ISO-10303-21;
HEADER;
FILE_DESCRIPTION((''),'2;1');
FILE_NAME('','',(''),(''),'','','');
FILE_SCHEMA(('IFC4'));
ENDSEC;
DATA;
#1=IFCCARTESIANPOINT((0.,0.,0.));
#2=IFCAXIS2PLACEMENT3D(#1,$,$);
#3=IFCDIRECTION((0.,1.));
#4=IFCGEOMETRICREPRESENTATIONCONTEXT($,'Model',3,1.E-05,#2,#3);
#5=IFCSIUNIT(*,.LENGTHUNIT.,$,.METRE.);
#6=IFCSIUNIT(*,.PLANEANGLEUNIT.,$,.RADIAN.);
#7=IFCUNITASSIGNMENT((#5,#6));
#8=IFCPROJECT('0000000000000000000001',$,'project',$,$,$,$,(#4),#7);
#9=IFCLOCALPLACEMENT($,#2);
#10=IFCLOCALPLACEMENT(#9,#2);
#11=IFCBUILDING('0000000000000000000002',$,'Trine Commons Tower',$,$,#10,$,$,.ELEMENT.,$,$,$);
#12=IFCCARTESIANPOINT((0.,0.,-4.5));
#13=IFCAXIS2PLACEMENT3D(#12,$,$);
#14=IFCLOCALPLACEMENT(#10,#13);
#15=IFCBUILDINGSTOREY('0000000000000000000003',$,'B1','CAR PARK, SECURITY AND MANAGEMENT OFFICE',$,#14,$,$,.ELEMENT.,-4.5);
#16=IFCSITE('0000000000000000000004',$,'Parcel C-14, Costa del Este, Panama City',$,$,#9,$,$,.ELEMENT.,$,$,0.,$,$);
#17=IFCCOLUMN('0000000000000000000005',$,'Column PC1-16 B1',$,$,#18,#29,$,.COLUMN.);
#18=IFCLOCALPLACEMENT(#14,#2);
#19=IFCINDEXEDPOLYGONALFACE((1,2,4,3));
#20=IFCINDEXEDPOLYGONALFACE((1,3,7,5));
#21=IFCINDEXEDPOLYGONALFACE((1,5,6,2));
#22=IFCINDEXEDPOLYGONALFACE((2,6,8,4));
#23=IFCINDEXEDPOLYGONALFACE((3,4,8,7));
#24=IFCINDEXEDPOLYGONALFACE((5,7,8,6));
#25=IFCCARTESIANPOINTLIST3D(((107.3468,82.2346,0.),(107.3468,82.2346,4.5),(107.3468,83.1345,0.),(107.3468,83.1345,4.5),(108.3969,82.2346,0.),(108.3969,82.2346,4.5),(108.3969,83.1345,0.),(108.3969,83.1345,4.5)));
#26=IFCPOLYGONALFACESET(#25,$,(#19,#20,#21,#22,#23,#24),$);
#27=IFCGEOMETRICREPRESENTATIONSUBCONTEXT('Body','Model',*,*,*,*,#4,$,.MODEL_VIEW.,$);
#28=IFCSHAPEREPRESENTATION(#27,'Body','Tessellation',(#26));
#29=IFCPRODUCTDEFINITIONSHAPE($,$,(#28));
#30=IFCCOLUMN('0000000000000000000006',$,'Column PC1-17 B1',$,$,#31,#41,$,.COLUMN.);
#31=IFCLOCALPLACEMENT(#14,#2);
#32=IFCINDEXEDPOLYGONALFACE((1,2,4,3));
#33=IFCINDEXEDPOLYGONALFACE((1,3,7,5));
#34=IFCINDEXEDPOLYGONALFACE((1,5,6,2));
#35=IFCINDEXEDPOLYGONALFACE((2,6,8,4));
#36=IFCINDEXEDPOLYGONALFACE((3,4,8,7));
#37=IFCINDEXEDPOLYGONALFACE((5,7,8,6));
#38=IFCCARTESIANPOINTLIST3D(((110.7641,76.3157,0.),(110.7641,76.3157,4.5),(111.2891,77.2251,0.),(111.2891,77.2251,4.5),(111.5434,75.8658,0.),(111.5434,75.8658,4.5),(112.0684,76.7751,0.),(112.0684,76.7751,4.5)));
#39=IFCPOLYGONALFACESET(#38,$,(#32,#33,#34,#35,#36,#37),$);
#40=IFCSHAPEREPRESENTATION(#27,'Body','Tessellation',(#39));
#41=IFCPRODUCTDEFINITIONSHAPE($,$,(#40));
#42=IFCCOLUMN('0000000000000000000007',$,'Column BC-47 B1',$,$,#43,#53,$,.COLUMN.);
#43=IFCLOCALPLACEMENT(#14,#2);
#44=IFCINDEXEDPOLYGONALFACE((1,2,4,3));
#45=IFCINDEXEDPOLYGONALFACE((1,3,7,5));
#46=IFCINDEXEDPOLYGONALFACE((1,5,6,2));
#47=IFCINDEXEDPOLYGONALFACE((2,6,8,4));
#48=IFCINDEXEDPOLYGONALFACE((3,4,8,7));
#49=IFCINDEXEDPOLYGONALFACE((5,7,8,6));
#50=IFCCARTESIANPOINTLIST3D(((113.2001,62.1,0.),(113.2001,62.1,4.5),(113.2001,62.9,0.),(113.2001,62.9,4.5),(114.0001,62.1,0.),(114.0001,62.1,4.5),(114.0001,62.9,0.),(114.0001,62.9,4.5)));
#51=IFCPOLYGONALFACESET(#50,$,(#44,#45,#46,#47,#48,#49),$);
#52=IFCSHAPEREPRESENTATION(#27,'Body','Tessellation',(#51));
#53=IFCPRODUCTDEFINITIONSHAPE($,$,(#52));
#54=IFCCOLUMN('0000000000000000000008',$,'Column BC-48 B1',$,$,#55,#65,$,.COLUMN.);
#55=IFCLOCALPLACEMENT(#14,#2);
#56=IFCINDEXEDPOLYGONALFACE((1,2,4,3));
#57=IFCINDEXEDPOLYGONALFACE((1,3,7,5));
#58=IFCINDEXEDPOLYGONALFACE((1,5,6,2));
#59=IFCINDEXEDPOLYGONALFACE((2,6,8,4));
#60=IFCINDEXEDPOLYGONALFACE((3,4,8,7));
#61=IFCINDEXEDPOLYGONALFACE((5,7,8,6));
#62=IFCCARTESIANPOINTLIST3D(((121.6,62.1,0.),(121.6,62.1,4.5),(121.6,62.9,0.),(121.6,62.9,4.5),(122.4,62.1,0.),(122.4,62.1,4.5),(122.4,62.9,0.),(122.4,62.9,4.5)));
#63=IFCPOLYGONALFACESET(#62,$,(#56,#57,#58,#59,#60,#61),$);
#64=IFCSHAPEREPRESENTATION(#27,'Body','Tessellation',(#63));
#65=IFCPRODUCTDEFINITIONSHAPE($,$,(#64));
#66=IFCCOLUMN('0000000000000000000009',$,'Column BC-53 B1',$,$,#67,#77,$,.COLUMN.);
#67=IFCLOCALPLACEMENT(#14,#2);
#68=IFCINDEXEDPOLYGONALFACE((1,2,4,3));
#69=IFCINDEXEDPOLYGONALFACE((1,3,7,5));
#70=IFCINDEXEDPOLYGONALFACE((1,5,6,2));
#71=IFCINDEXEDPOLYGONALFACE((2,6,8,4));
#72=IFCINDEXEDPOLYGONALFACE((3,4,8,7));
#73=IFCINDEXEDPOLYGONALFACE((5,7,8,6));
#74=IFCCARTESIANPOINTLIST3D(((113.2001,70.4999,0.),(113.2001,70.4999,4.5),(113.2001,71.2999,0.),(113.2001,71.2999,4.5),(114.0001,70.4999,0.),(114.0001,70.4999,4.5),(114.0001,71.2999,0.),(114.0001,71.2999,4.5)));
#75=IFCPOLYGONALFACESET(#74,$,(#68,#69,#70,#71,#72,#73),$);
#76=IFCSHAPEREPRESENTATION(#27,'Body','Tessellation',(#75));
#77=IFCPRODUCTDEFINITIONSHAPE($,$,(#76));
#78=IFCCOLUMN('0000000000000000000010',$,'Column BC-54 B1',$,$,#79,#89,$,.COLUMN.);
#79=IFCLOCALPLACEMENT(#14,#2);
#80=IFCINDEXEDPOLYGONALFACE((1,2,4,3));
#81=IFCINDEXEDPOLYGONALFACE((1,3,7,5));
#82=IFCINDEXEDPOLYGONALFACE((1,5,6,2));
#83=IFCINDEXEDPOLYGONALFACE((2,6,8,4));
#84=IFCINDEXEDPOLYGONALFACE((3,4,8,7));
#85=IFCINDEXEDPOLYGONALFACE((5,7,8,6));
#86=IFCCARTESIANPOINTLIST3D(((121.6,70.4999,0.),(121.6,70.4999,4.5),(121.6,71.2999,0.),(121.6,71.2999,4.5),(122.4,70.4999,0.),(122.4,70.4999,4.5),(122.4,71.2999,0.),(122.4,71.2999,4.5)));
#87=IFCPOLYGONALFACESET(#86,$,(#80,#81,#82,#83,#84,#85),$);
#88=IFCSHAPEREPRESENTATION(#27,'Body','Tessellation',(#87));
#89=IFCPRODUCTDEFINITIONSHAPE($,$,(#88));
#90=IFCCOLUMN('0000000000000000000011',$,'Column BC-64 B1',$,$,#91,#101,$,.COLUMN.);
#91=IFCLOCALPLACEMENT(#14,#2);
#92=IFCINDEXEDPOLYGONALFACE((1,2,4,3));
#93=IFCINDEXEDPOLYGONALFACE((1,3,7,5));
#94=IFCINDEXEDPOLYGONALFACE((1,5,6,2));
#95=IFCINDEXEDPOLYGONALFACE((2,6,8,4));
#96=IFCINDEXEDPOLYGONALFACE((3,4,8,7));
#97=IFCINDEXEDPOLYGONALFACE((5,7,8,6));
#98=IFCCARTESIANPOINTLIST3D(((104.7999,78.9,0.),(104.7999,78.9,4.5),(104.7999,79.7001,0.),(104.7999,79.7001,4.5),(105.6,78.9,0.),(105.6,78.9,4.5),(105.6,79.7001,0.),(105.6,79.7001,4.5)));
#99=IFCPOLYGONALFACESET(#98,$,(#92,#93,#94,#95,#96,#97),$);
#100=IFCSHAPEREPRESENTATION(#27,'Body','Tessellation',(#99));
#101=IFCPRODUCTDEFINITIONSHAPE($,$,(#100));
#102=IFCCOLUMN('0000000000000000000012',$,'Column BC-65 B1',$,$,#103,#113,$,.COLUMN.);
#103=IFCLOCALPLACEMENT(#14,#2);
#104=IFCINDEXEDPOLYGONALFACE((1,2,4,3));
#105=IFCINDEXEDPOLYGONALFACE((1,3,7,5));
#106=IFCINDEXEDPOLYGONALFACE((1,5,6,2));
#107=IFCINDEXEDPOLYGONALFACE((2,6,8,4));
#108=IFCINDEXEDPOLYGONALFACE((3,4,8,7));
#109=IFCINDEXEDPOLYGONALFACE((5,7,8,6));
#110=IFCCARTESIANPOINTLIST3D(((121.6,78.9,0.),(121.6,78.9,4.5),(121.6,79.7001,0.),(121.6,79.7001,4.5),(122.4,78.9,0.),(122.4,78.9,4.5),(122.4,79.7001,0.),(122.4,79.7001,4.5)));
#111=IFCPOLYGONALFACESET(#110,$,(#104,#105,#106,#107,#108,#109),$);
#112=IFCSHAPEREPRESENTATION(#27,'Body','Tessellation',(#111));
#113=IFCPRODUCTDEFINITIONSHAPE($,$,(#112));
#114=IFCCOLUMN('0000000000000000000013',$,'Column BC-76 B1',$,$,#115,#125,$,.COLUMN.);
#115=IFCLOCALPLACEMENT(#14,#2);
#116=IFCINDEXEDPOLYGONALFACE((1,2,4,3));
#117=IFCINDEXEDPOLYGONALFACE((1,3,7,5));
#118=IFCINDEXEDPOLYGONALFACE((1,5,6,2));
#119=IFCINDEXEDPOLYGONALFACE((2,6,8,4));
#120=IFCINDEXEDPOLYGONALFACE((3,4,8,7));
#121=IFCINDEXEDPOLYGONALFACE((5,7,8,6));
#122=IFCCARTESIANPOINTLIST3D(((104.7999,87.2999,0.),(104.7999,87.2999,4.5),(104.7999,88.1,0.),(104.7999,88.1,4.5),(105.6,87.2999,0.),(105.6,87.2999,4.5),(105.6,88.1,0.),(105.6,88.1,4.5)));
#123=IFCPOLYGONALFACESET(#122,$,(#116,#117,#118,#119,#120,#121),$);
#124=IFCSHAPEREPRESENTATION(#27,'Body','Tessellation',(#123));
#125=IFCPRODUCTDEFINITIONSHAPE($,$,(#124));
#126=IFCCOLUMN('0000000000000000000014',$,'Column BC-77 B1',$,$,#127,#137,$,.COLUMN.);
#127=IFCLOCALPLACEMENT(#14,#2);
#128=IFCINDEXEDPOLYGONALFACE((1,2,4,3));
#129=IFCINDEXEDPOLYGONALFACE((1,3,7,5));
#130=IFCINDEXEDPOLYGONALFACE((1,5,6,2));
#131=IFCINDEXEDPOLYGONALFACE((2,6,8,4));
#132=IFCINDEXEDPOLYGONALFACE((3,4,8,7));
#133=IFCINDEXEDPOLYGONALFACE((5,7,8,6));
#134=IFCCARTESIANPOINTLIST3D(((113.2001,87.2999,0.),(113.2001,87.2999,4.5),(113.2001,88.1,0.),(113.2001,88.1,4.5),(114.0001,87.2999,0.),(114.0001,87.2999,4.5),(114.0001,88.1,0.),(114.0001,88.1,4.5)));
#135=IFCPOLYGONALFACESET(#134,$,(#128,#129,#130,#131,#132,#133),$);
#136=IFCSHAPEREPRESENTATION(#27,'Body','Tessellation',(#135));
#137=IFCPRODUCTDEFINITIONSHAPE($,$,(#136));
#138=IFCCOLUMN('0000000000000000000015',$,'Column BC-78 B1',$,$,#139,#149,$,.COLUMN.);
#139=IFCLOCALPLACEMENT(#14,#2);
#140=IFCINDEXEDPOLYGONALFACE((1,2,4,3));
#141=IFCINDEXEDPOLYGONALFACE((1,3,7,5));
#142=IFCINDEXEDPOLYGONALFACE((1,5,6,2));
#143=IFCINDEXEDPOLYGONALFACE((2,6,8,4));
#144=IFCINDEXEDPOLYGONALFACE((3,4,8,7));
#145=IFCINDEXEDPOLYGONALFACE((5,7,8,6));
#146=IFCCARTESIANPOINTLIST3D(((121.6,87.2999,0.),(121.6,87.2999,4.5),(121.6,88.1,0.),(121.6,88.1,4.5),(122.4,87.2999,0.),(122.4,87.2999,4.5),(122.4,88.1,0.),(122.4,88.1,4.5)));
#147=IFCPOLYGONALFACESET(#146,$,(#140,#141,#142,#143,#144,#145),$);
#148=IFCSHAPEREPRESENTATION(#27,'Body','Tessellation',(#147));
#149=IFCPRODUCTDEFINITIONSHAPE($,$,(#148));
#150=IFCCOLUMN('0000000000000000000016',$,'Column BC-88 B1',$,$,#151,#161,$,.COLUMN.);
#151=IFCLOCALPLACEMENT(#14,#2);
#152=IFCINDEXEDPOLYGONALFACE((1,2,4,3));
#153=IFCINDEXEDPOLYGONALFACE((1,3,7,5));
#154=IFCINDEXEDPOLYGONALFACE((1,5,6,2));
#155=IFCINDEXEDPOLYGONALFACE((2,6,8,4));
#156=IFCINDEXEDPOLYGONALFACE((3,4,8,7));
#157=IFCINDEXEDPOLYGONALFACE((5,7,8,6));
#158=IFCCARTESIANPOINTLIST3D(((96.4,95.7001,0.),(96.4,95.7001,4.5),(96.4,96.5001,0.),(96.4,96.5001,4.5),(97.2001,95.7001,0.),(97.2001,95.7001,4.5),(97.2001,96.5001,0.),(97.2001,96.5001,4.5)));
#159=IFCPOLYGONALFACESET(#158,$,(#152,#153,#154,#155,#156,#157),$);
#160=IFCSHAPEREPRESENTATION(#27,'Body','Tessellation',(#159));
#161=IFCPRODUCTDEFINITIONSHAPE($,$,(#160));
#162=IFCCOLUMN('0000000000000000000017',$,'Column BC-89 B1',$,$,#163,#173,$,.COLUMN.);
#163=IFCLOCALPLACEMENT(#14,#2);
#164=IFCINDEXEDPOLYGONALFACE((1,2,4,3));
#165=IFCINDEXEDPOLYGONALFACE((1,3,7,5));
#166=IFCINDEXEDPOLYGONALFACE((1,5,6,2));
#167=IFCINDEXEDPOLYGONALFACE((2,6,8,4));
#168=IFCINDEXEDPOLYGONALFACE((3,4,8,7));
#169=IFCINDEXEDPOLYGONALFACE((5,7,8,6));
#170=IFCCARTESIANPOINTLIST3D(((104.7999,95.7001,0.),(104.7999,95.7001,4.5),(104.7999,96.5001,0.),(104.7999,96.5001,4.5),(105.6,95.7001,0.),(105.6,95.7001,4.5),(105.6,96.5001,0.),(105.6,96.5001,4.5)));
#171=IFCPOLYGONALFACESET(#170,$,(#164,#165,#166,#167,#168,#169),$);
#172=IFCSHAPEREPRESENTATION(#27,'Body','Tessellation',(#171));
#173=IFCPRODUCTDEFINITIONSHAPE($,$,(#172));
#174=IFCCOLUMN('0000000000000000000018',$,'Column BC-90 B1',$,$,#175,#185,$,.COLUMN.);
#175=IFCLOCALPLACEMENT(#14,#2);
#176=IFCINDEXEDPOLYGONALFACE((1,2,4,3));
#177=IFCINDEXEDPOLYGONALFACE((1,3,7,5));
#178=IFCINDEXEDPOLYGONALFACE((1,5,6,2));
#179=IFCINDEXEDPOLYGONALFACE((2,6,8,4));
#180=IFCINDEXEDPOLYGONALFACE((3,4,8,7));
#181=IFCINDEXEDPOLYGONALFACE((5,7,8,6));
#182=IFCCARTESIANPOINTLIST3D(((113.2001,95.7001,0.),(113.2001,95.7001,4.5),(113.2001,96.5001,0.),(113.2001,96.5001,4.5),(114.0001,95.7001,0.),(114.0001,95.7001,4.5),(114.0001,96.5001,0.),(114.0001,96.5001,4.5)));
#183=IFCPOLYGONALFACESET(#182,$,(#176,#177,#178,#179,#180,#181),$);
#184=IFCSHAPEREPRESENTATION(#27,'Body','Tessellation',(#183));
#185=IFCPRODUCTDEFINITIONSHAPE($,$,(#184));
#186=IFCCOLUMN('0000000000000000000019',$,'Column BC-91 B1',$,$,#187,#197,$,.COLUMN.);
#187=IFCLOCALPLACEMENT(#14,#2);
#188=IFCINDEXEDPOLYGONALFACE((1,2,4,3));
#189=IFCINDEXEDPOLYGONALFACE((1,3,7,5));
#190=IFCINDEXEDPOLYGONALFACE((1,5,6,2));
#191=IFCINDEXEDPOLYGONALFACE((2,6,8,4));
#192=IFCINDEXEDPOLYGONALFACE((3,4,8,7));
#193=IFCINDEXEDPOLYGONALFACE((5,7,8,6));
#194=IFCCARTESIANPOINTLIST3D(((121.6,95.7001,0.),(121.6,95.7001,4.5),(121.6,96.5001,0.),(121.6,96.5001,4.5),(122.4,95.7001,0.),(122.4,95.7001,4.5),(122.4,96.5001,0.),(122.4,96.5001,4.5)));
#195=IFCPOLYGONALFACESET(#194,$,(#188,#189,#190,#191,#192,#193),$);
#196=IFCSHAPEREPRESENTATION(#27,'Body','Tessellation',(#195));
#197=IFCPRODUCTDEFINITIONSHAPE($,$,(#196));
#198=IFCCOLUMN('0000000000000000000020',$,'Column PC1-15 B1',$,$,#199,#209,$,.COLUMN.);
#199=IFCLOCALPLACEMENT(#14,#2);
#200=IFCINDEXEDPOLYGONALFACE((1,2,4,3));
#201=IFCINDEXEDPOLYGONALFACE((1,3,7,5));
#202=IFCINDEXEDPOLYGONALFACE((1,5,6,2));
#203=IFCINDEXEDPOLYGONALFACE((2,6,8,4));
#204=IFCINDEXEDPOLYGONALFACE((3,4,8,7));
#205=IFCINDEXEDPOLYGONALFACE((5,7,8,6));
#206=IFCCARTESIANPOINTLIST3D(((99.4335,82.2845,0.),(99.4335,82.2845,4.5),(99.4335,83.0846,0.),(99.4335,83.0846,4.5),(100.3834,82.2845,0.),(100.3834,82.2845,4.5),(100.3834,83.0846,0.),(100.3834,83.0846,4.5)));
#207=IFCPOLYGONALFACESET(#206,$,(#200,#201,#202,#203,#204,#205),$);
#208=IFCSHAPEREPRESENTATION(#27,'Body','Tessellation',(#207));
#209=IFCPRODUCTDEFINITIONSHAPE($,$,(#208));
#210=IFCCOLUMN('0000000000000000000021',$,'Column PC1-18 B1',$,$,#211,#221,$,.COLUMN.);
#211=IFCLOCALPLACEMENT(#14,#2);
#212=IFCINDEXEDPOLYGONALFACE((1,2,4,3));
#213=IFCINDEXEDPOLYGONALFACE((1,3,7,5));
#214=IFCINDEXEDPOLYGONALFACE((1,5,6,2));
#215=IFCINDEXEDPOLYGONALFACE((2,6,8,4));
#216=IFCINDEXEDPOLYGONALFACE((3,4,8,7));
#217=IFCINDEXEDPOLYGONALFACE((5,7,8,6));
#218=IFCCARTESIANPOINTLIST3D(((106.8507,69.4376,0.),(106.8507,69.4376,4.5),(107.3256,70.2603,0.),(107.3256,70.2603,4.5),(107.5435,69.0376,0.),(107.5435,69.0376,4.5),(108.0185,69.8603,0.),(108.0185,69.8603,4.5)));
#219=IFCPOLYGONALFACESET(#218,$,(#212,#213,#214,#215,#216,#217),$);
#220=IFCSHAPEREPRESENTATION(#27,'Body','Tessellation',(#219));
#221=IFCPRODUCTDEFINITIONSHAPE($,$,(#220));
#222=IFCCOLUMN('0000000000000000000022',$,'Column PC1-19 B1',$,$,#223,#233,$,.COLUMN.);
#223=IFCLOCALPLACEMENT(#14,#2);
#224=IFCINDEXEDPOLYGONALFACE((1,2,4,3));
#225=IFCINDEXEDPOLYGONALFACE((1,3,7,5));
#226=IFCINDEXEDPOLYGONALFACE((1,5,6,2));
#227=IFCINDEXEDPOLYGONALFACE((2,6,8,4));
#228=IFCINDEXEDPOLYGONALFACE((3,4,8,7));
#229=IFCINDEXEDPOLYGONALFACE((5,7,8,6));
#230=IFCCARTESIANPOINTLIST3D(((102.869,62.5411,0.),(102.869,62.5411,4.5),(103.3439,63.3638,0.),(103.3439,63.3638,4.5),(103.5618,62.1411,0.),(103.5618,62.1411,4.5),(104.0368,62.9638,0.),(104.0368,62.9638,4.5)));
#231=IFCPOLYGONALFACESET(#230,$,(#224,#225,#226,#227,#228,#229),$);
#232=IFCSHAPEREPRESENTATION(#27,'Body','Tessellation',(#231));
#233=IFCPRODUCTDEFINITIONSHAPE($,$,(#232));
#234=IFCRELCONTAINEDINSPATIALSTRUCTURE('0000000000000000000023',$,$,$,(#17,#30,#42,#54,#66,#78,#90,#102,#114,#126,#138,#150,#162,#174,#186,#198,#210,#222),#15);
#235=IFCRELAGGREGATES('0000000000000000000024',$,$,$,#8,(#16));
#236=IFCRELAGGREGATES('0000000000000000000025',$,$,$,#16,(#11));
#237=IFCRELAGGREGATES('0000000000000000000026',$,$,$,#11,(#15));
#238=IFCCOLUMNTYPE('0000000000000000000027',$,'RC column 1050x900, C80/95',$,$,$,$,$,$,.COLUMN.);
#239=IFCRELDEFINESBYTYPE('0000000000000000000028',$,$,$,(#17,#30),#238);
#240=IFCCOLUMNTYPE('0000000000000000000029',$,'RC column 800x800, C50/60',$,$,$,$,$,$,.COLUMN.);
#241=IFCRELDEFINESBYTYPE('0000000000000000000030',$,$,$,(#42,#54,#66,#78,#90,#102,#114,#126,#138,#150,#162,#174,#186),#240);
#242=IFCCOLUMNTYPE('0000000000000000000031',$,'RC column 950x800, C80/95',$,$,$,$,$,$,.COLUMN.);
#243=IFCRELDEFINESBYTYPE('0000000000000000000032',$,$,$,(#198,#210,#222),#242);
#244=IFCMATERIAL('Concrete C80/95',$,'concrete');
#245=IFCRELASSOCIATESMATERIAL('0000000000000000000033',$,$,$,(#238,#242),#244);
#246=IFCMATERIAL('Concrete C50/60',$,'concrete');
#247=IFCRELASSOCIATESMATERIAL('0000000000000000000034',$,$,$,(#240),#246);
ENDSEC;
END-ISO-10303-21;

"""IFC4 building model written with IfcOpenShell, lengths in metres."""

from ifc_helpers import new_model, si_unit, direction, frame, origin, origin_2d, place, context, subcontext, project, spatial, rectangle, extrude, material, material_profile, profile_set, type_object, element, save


model = new_model("IFC4")

# Units and contexts
model_context = context("Model", 3, precision=1e-05, world=origin(), true_north=direction((0.0, 1.0)))
body_context = subcontext(model_context, "Body", "Model", "MODEL_VIEW")
ifc_project = project(units=[si_unit("LENGTHUNIT", "METRE"), si_unit("PLANEANGLEUNIT", "RADIAN")], contexts=[model_context])

# Site, building, storey
site_placement = place(None, origin())
site = spatial("IfcSite", under=ifc_project, at=site_placement, Name="Parcel C-14, Costa del Este, Panama City", CompositionType="ELEMENT", RefElevation=0.0)
building_placement = place(site_placement, origin())
building = spatial("IfcBuilding", under=site, at=building_placement, Name="Trine Commons Tower", CompositionType="ELEMENT")
storey_placement = place(building_placement, frame((0.0, 0.0, -4.5)))
storey = spatial("IfcBuildingStorey", under=building, at=storey_placement, Name="B1", Description="CAR PARK, SECURITY AND MANAGEMENT OFFICE", CompositionType="ELEMENT", Elevation=-4.5)

# Columns
ifc_material_1 = material(Name="Concrete C80/95", Category="concrete")
ifc_material_profile_1 = material_profile(ifc_material_1, rectangle(XDim=1.05, YDim=0.8999, at=origin_2d()), Name="RC 1050x900")
ifc_profile_set_1 = profile_set([ifc_material_profile_1], Name="Concrete C80/95")
column_type_1 = type_object("IfcColumnType", Name="RC column 1050x900, C80/95", PredefinedType="COLUMN", material=ifc_profile_set_1)
for number, where, z_axis, x_axis, name in (
    (1, (107.8718, 82.6846, 0.0), (0.0, 0.0, 1.0), (1.0, 0.0, 0.0), "Column PC1-16 B1"),
    (2, (111.4163, 76.5454, 0.0), (0.0, 0.0, 1.0), (0.5, 0.866025, 0.0), "Column PC1-17 B1"),
):
    element("IfcColumn", number, at=place(storey_placement, frame(where, z_axis=z_axis, x_axis=x_axis)), inside=storey, type_object=column_type_1, Name=name, PredefinedType="COLUMN", context=body_context, shape_type="SweptSolid", body=[
        extrude(rectangle(XDim=1.05, YDim=0.8999, at=origin_2d()), origin(), (0.0, 0.0, 1.0), 4.5),
    ])
ifc_material_2 = material(Name="Concrete C50/60", Category="concrete")
ifc_material_profile_2 = material_profile(ifc_material_2, rectangle(XDim=0.8, YDim=0.8, at=origin_2d()), Name="RC 800x800")
ifc_profile_set_2 = profile_set([ifc_material_profile_2], Name="Concrete C50/60")
column_type_2 = type_object("IfcColumnType", Name="RC column 800x800, C50/60", PredefinedType="COLUMN", material=ifc_profile_set_2)
for number, where, z_axis, x_axis, name in (
    (3, (113.6001, 62.5, 0.0), (0.0, 0.0, 1.0), (1.0, 0.0, 0.0), "Column BC-47 B1"),
    (4, (122.0, 62.5, 0.0), (0.0, 0.0, 1.0), (1.0, 0.0, 0.0), "Column BC-48 B1"),
    (5, (113.6001, 70.8999, 0.0), (0.0, 0.0, 1.0), (1.0, 0.0, 0.0), "Column BC-53 B1"),
    (6, (122.0, 70.8999, 0.0), (0.0, 0.0, 1.0), (1.0, 0.0, 0.0), "Column BC-54 B1"),
    (7, (105.2, 79.3, 0.0), (0.0, 0.0, 1.0), (1.0, 0.0, 0.0), "Column BC-64 B1"),
    (8, (122.0, 79.3, 0.0), (0.0, 0.0, 1.0), (1.0, 0.0, 0.0), "Column BC-65 B1"),
    (9, (105.2, 87.7, 0.0), (0.0, 0.0, 1.0), (1.0, 0.0, 0.0), "Column BC-76 B1"),
    (10, (113.6001, 87.7, 0.0), (0.0, 0.0, 1.0), (1.0, 0.0, 0.0), "Column BC-77 B1"),
    (11, (122.0, 87.7, 0.0), (0.0, 0.0, 1.0), (1.0, 0.0, 0.0), "Column BC-78 B1"),
    (12, (96.8, 96.1001, 0.0), (0.0, 0.0, 1.0), (1.0, 0.0, 0.0), "Column BC-88 B1"),
    (13, (105.2, 96.1001, 0.0), (0.0, 0.0, 1.0), (1.0, 0.0, 0.0), "Column BC-89 B1"),
    (14, (113.6001, 96.1001, 0.0), (0.0, 0.0, 1.0), (1.0, 0.0, 0.0), "Column BC-90 B1"),
    (15, (122.0, 96.1001, 0.0), (0.0, 0.0, 1.0), (1.0, 0.0, 0.0), "Column BC-91 B1"),
):
    element("IfcColumn", number, at=place(storey_placement, frame(where, z_axis=z_axis, x_axis=x_axis)), inside=storey, type_object=column_type_2, Name=name, PredefinedType="COLUMN", context=body_context, shape_type="SweptSolid", body=[
        extrude(rectangle(XDim=0.8, YDim=0.8, at=origin_2d()), origin(), (0.0, 0.0, 1.0), 4.5),
    ])
ifc_material_profile_3 = material_profile(ifc_material_1, rectangle(XDim=0.95, YDim=0.8, at=origin_2d()), Name="RC 950x800")
ifc_profile_set_3 = profile_set([ifc_material_profile_3], Name="Concrete C80/95")
column_type_3 = type_object("IfcColumnType", Name="RC column 950x800, C80/95", PredefinedType="COLUMN", material=ifc_profile_set_3)
for number, where, z_axis, x_axis, name in (
    (16, (99.9084, 82.6846, 0.0), (0.0, 0.0, 1.0), (1.0, 0.0, 0.0), "Column PC1-15 B1"),
    (17, (107.4346, 69.6489, 0.0), (0.0, 0.0, 1.0), (0.5, 0.866025, 0.0), "Column PC1-18 B1"),
    (18, (103.4529, 62.7524, 0.0), (0.0, 0.0, 1.0), (0.5, 0.866025, 0.0), "Column PC1-19 B1"),
):
    element("IfcColumn", number, at=place(storey_placement, frame(where, z_axis=z_axis, x_axis=x_axis)), inside=storey, type_object=column_type_3, Name=name, PredefinedType="COLUMN", context=body_context, shape_type="SweptSolid", body=[
        extrude(rectangle(XDim=0.95, YDim=0.8, at=origin_2d()), origin(), (0.0, 0.0, 1.0), 4.5),
    ])

save(model, "model.ifc")
